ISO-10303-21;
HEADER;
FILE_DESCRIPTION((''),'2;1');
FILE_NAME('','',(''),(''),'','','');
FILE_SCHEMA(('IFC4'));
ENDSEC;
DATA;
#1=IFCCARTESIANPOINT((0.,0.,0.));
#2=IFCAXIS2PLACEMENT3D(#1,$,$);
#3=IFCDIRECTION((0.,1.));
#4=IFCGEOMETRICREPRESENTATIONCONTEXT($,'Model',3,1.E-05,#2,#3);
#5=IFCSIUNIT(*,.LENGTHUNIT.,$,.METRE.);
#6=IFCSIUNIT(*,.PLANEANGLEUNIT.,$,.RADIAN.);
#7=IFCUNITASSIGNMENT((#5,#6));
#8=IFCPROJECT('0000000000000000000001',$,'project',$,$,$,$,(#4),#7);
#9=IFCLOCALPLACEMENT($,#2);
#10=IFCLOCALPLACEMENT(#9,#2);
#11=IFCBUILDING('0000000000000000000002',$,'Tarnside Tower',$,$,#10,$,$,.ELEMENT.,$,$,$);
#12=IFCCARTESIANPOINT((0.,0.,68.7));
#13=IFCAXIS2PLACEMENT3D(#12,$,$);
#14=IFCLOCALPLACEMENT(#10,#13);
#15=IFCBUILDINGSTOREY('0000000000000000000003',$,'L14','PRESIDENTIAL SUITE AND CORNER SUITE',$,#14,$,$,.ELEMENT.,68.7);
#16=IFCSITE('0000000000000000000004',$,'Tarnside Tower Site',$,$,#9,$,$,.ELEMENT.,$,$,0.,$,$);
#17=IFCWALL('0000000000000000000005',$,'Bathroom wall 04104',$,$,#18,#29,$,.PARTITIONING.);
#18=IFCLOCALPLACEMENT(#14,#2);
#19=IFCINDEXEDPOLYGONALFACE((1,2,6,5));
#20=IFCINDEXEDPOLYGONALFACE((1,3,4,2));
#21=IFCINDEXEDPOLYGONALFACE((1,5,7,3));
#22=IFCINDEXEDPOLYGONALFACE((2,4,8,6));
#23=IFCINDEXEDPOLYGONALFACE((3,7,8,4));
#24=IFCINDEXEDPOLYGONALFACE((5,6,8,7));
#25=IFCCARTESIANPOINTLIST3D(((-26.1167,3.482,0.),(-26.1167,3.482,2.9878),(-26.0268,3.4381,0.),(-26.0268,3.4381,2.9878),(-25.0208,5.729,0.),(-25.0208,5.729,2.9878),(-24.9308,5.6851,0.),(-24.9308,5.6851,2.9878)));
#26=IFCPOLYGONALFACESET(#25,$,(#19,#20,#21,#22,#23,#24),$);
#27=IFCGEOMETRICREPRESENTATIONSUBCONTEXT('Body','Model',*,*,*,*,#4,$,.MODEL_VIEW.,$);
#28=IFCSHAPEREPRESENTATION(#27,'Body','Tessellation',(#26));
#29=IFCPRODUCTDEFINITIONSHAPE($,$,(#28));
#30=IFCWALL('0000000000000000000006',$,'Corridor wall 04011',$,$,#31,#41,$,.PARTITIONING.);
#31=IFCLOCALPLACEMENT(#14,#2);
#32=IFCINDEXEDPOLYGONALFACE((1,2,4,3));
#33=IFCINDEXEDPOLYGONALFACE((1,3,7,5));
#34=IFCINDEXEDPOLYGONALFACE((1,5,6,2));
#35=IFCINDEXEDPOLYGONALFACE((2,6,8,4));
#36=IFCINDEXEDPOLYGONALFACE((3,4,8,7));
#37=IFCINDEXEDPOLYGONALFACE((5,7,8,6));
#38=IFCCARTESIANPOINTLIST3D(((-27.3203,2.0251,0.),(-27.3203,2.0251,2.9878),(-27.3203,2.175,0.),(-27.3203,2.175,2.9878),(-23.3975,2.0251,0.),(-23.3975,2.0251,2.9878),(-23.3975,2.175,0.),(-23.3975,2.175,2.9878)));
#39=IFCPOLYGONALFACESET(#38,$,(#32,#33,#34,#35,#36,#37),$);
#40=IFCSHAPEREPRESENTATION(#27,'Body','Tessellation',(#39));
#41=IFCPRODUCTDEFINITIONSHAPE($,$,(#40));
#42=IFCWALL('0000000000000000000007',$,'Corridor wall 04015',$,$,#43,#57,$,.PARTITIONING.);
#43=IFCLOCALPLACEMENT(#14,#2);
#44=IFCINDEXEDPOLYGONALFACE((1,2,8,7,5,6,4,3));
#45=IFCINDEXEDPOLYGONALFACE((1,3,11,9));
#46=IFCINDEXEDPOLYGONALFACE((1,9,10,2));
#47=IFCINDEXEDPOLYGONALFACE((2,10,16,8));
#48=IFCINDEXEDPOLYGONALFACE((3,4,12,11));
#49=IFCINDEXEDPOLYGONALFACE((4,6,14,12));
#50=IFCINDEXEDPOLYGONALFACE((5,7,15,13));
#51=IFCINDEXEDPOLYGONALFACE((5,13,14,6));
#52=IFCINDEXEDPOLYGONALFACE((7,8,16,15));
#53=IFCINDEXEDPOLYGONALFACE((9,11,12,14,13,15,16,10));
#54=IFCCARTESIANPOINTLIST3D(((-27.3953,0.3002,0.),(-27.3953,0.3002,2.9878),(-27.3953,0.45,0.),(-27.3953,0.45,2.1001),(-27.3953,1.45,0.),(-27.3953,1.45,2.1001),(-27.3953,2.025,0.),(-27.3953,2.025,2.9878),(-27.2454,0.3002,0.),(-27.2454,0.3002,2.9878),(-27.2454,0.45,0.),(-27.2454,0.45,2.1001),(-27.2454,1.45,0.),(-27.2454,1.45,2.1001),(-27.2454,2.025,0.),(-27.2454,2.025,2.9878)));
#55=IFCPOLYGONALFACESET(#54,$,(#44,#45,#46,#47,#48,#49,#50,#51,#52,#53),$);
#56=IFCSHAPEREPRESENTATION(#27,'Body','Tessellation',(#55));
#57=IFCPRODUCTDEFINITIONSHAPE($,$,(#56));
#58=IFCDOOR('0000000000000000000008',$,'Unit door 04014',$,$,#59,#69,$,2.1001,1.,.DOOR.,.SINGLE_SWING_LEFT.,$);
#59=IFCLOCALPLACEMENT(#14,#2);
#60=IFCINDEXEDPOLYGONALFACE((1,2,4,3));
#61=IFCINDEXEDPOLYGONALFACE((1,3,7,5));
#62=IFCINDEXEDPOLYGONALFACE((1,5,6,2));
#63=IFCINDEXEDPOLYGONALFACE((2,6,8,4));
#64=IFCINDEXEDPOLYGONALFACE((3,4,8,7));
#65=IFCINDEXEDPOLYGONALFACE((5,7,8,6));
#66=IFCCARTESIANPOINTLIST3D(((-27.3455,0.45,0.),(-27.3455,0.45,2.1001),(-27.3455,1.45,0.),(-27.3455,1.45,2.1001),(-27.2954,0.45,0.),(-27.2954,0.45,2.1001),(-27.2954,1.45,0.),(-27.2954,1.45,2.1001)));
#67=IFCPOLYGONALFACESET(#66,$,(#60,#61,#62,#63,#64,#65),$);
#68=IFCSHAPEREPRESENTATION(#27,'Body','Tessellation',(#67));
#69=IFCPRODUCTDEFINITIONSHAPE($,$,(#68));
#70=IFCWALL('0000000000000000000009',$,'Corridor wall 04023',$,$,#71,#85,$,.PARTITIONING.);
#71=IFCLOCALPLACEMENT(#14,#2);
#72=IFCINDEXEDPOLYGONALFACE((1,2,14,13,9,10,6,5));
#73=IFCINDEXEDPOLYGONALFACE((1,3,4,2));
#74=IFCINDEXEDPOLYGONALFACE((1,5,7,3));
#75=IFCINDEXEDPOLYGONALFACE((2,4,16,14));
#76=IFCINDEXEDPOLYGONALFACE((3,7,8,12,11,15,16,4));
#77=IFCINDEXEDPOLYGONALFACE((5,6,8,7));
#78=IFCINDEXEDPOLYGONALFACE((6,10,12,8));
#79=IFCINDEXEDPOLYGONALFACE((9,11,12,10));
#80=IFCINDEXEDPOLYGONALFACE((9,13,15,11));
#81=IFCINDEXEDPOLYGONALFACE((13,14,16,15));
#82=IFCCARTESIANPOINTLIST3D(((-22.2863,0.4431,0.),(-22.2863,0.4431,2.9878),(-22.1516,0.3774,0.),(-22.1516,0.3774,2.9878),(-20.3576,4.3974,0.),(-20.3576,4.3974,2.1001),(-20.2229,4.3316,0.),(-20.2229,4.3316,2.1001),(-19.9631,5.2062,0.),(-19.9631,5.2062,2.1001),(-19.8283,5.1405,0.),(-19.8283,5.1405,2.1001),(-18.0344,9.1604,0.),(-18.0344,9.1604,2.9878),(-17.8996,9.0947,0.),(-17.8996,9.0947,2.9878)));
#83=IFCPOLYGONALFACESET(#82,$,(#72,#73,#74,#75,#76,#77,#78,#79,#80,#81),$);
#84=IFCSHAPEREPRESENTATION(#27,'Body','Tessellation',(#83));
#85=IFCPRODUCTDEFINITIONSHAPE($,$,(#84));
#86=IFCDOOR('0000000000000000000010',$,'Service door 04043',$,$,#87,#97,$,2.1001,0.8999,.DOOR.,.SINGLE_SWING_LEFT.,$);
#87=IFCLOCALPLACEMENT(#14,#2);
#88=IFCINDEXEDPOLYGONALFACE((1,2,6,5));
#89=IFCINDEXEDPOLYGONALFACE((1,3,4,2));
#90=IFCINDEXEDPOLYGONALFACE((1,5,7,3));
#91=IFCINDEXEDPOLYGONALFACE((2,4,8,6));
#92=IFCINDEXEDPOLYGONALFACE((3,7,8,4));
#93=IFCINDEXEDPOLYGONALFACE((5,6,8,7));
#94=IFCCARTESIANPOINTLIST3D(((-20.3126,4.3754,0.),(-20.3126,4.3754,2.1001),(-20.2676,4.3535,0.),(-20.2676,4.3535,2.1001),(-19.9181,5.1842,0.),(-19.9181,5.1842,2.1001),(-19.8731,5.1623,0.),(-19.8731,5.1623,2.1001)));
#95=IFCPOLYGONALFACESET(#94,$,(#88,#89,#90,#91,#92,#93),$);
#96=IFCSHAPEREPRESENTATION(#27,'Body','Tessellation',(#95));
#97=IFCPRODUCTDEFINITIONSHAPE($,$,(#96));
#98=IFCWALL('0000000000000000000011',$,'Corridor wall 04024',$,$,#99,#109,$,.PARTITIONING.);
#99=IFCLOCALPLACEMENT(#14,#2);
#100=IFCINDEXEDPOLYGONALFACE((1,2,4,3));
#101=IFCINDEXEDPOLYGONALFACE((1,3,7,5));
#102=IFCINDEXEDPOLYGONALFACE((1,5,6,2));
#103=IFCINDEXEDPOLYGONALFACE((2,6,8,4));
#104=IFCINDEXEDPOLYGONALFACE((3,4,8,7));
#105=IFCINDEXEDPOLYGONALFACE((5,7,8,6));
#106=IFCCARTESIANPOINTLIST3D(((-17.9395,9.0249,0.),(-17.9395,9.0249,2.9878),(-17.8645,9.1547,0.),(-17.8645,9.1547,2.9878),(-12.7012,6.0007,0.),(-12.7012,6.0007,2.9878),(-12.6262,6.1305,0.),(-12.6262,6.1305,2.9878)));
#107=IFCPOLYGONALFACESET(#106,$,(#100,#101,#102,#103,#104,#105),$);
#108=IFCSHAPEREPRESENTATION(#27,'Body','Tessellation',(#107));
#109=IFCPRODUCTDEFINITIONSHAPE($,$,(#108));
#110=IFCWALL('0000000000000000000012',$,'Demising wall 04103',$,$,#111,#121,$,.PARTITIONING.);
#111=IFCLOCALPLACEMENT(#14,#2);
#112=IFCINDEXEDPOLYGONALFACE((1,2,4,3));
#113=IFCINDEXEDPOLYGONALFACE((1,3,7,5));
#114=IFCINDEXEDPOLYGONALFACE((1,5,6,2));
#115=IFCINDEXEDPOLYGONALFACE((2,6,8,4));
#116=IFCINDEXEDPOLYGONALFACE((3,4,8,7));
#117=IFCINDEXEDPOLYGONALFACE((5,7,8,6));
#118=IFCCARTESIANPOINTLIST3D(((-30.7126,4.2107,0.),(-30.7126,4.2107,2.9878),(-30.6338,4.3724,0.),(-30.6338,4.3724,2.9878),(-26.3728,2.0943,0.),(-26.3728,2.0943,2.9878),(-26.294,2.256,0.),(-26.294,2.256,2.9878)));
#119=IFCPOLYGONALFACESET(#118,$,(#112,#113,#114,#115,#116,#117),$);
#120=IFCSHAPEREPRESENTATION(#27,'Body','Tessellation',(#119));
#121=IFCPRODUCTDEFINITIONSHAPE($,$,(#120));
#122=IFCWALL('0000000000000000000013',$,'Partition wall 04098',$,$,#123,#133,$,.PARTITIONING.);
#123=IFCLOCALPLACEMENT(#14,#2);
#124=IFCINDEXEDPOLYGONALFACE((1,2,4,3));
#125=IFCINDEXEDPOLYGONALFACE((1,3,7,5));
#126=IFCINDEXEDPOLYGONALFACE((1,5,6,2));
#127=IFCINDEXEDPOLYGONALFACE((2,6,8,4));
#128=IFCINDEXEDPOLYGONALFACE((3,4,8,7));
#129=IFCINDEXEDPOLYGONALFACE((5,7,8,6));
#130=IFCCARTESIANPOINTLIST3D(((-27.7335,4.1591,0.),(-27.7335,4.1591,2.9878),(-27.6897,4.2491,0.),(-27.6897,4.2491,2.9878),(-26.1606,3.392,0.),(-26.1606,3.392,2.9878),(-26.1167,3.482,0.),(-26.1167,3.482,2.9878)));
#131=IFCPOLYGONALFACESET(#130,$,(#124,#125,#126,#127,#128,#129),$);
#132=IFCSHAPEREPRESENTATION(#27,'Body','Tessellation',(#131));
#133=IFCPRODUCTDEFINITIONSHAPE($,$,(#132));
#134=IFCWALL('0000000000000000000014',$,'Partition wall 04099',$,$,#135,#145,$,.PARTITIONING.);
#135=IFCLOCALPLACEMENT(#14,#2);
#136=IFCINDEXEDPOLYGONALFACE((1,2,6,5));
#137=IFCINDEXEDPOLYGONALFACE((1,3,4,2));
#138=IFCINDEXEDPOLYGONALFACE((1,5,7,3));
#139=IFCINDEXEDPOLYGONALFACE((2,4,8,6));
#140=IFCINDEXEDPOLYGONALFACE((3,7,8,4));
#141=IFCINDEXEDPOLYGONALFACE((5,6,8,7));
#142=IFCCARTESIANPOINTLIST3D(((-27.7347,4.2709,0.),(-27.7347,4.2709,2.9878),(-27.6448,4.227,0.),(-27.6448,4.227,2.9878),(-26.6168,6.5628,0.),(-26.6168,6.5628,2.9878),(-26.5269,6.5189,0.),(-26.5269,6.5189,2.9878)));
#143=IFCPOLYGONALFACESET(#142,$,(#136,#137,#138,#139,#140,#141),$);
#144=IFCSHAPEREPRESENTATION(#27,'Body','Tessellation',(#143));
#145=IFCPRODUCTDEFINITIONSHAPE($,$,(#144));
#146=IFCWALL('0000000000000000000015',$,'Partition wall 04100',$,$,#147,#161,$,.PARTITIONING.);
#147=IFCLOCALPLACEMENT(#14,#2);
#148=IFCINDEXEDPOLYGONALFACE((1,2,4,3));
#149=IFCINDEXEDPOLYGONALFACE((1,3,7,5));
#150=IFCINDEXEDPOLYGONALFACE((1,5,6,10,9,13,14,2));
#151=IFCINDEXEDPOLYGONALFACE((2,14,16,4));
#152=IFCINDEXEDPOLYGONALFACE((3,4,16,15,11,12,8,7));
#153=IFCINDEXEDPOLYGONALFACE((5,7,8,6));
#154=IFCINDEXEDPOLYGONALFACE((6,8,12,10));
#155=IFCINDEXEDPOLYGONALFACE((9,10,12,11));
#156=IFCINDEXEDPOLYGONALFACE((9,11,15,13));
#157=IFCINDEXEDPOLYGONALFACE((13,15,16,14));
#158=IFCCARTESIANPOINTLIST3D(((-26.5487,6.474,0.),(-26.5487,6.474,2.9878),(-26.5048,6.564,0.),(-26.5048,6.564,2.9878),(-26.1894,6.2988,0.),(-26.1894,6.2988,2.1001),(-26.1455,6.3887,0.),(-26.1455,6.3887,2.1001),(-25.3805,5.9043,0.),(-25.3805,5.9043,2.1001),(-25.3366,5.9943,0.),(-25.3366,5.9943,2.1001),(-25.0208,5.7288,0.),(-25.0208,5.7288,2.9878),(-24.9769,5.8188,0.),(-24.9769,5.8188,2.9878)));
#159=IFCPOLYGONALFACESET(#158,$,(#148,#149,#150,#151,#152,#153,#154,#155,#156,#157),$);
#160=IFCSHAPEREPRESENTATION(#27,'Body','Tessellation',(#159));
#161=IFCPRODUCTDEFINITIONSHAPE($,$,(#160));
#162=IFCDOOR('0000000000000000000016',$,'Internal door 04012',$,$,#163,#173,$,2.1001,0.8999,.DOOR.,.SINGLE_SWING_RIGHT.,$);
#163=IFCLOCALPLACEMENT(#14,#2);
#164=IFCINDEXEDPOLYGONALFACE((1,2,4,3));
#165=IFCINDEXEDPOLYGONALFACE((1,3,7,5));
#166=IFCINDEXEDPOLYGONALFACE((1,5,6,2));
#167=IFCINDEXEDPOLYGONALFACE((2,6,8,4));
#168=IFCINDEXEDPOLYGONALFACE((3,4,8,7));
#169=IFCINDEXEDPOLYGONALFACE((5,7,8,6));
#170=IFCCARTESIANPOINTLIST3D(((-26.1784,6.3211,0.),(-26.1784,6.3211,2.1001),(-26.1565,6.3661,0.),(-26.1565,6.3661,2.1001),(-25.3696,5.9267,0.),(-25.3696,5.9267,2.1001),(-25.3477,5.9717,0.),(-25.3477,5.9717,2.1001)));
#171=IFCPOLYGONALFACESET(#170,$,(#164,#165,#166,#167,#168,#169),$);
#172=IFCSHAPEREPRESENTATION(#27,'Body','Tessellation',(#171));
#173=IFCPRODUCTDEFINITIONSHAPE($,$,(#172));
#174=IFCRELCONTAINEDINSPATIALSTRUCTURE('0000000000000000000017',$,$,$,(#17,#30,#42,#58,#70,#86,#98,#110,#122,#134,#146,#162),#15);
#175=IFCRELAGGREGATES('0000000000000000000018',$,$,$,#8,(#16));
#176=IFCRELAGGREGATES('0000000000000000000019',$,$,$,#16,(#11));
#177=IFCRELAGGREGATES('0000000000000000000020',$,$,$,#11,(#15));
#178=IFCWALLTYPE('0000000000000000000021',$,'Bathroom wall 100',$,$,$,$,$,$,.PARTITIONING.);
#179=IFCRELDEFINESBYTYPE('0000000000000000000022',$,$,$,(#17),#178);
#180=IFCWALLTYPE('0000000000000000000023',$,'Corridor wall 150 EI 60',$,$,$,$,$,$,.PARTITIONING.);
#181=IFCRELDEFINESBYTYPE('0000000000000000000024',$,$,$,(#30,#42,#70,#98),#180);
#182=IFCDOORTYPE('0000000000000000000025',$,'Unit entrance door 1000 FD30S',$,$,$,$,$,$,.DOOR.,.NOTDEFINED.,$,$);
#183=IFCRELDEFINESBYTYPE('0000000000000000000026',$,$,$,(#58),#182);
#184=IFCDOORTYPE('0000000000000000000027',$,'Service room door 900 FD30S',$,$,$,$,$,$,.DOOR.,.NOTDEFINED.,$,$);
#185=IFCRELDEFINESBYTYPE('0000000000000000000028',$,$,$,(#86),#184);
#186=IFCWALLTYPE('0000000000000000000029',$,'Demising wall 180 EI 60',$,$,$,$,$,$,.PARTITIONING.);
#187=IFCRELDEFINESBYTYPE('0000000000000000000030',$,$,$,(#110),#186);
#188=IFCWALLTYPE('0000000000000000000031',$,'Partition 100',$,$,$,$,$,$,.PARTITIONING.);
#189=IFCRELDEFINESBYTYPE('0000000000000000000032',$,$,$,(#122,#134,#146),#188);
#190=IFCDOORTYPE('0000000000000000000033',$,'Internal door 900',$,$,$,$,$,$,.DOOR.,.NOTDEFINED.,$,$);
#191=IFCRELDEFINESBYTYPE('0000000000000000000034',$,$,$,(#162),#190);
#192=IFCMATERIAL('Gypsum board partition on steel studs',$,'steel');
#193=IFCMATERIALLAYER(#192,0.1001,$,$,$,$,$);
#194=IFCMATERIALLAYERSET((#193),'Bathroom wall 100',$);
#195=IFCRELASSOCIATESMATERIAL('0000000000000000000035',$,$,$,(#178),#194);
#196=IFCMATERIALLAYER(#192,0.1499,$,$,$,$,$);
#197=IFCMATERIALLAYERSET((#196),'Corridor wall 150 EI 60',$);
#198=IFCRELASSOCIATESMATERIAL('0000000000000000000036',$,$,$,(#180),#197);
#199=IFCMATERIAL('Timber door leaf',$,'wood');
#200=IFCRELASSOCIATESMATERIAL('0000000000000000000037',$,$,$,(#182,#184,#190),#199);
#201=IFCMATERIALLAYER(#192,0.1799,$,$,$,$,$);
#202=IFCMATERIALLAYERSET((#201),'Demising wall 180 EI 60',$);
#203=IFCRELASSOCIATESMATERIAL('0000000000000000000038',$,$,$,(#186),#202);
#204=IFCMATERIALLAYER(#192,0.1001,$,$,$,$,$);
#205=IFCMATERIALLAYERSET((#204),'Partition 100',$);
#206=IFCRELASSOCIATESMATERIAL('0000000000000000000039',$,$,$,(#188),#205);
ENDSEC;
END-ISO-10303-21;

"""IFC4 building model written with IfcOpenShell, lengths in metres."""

from ifc_helpers import new_model, si_unit, direction, frame, frame_2d, origin, place, context, subcontext, project, spatial, rectangle, extrude, material, layer, layer_set, type_object, element, fill, save


model = new_model("IFC4")

# Units and contexts
model_context = context("Model", 3, precision=1e-05, world=origin(), true_north=direction((0.0, 1.0)))
body_context = subcontext(model_context, "Body", "Model", "MODEL_VIEW")
ifc_project = project(units=[si_unit("LENGTHUNIT", "METRE"), si_unit("PLANEANGLEUNIT", "RADIAN")], contexts=[model_context])

# Site, building, storey
site_placement = place(None, origin())
site = spatial("IfcSite", under=ifc_project, at=site_placement, Name="Tarnside Tower Site", CompositionType="ELEMENT", RefElevation=0.0)
building_placement = place(site_placement, origin())
building = spatial("IfcBuilding", under=site, at=building_placement, Name="Tarnside Tower", CompositionType="ELEMENT")
storey_placement = place(building_placement, frame((0.0, 0.0, 68.7)))
storey = spatial("IfcBuildingStorey", under=building, at=storey_placement, Name="L14", Description="PRESIDENTIAL SUITE AND CORNER SUITE", CompositionType="ELEMENT", Elevation=68.7)

# Shared definitions
ifc_material_1 = material(Name="Gypsum board partition on steel studs", Category="steel")
ifc_layer_1 = layer(ifc_material_1, 0.1001)
ifc_layer_set_1 = layer_set([ifc_layer_1], Name="Bathroom wall 100")
wall_type_1 = type_object("IfcWallType", Name="Bathroom wall 100", PredefinedType="PARTITIONING", material=ifc_layer_set_1)

# Shared definitions
ifc_material_2 = material(Name="Timber door leaf", Category="wood")

# Walls
wall_1_placement = place(storey_placement, frame((-24.9758, 5.707, 0.0), z_axis=(0.0, 0.0, 1.0), x_axis=(-0.438364, -0.898798, 0.0)))
element("IfcWall", 1, at=wall_1_placement, inside=storey, type_object=wall_type_1, Name="Bathroom wall 04104", PredefinedType="PARTITIONING", context=body_context, shape_type="SweptSolid", body=[
    extrude(rectangle(XDim=2.5, YDim=0.1001, at=frame_2d((1.25, 0.0))), origin(), (0.0, 0.0, 1.0), 2.9878),
])
ifc_layer_2 = layer(ifc_material_1, 0.1499)
ifc_layer_set_2 = layer_set([ifc_layer_2], Name="Corridor wall 150 EI 60")
wall_type_2 = type_object("IfcWallType", Name="Corridor wall 150 EI 60", PredefinedType="PARTITIONING", material=ifc_layer_set_2)
wall_2_placement = place(storey_placement, frame((-23.3975, 2.1001, 0.0), z_axis=(0.0, 0.0, 1.0), x_axis=(-1.0, 0.0, 0.0)))
element("IfcWall", 2, at=wall_2_placement, inside=storey, type_object=wall_type_2, Name="Corridor wall 04011", PredefinedType="PARTITIONING", context=body_context, shape_type="SweptSolid", body=[
    extrude(rectangle(XDim=3.9229, YDim=0.1499, at=frame_2d((1.9614, 0.0))), origin(), (0.0, 0.0, 1.0), 2.9878),
])

# Walls, openings, doors
wall_3_placement = place(storey_placement, frame((-27.3203, 2.0249, 0.0), z_axis=(0.0, 0.0, 1.0), x_axis=(0.0, -1.0, 0.0)))
wall_3 = element("IfcWall", 3, at=wall_3_placement, inside=storey, type_object=wall_type_2, Name="Corridor wall 04015", PredefinedType="PARTITIONING", context=body_context, shape_type="SweptSolid", body=[
    extrude(rectangle(XDim=1.7249, YDim=0.1499, at=frame_2d((0.8623, 0.0))), origin(), (0.0, 0.0, 1.0), 2.9878),
])
opening_1_placement = place(wall_3_placement, frame((0.575, 0.0, 0.0)))
opening_1 = element("IfcOpeningElement", 4, at=opening_1_placement, cuts=wall_3, PredefinedType="OPENING", context=body_context, shape_type="SweptSolid", body=[
    extrude(rectangle(XDim=1.0, YDim=2.1001, at=frame_2d((0.5, 1.05))), frame((0.0, 0.085, 0.0), z_axis=(0.0, -1.0, 0.0), x_axis=(1.0, 0.0, 0.0)), (0.0, 0.0, 1.0), 0.1699),
])
door_type_1 = type_object("IfcDoorType", Name="Unit entrance door 1000 FD30S", OperationType="NOTDEFINED", PredefinedType="DOOR", material=ifc_material_2)
door_1_placement = place(opening_1_placement, origin())
door_1 = element("IfcDoor", 5, at=door_1_placement, inside=storey, type_object=door_type_1, Name="Unit door 04014", OperationType="SINGLE_SWING_LEFT", OverallHeight=2.1001, OverallWidth=1.0, PredefinedType="DOOR", context=body_context, shape_type="SweptSolid", body=[
    extrude(rectangle(XDim=1.0, YDim=2.1001, at=frame_2d((0.5, 1.05))), frame((0.0, 0.0249, 0.0), z_axis=(0.0, -1.0, 0.0), x_axis=(1.0, 0.0, 0.0)), (0.0, 0.0, 1.0), 0.05),
])
fill(opening_1, door_1)
wall_4_placement = place(storey_placement, frame((-22.219, 0.4102, 0.0), z_axis=(0.0, 0.0, 1.0), x_axis=(0.438392, 0.898784, 0.0)))
wall_4 = element("IfcWall", 6, at=wall_4_placement, inside=storey, type_object=wall_type_2, Name="Corridor wall 04023", PredefinedType="PARTITIONING", context=body_context, shape_type="SweptSolid", body=[
    extrude(rectangle(XDim=9.699, YDim=0.1499, at=frame_2d((4.8496, 0.0))), origin(), (0.0, 0.0, 1.0), 2.9878),
])
opening_2_placement = place(wall_4_placement, frame((4.3997, 0.0, 0.0)))
opening_2 = element("IfcOpeningElement", 7, at=opening_2_placement, cuts=wall_4, PredefinedType="OPENING", context=body_context, shape_type="SweptSolid", body=[
    extrude(rectangle(XDim=0.8999, YDim=2.1001, at=frame_2d((0.45, 1.05))), frame((0.0, 0.085, 0.0), z_axis=(0.0, -1.0, 0.0), x_axis=(1.0, 0.0, 0.0)), (0.0, 0.0, 1.0), 0.1699),
])
door_type_2 = type_object("IfcDoorType", Name="Service room door 900 FD30S", OperationType="NOTDEFINED", PredefinedType="DOOR", material=ifc_material_2)
door_2_placement = place(opening_2_placement, origin())
door_2 = element("IfcDoor", 8, at=door_2_placement, inside=storey, type_object=door_type_2, Name="Service door 04043", OperationType="SINGLE_SWING_LEFT", OverallHeight=2.1001, OverallWidth=0.8999, PredefinedType="DOOR", context=body_context, shape_type="SweptSolid", body=[
    extrude(rectangle(XDim=0.8999, YDim=2.1001, at=frame_2d((0.45, 1.05))), frame((0.0, 0.0249, 0.0), z_axis=(0.0, -1.0, 0.0), x_axis=(1.0, 0.0, 0.0)), (0.0, 0.0, 1.0), 0.05),
])
fill(opening_2, door_2)

# Walls
wall_5_placement = place(storey_placement, frame((-17.9021, 9.0898, 0.0), z_axis=(0.0, 0.0, 1.0), x_axis=(0.866036, -0.499981, 0.0)))
element("IfcWall", 9, at=wall_5_placement, inside=storey, type_object=wall_type_2, Name="Corridor wall 04024", PredefinedType="PARTITIONING", context=body_context, shape_type="SweptSolid", body=[
    extrude(rectangle(XDim=6.0486, YDim=0.1499, at=frame_2d((3.0244, 0.0))), origin(), (0.0, 0.0, 1.0), 2.9878),
])
ifc_layer_3 = layer(ifc_material_1, 0.1799)
ifc_layer_set_3 = layer_set([ifc_layer_3], Name="Demising wall 180 EI 60")
wall_type_3 = type_object("IfcWallType", Name="Demising wall 180 EI 60", PredefinedType="PARTITIONING", material=ifc_layer_set_3)
wall_6_placement = place(storey_placement, frame((-30.6731, 4.2915, 0.0), z_axis=(0.0, 0.0, 1.0), x_axis=(0.898813, -0.438333, 0.0)))
element("IfcWall", 10, at=wall_6_placement, inside=storey, type_object=wall_type_3, Name="Demising wall 04103", PredefinedType="PARTITIONING", context=body_context, shape_type="SweptSolid", body=[
    extrude(rectangle(XDim=4.8284, YDim=0.1799, at=frame_2d((2.4141, 0.0))), origin(), (0.0, 0.0, 1.0), 2.9878),
])
ifc_layer_4 = layer(ifc_material_1, 0.1001)
ifc_layer_set_4 = layer_set([ifc_layer_4], Name="Partition 100")
wall_type_4 = type_object("IfcWallType", Name="Partition 100", PredefinedType="PARTITIONING", material=ifc_layer_set_4)
wall_7_placement = place(storey_placement, frame((-26.1387, 3.437, 0.0), z_axis=(0.0, 0.0, 1.0), x_axis=(-0.898819, 0.438319, 0.0)))
element("IfcWall", 11, at=wall_7_placement, inside=storey, type_object=wall_type_4, Name="Partition wall 04098", PredefinedType="PARTITIONING", context=body_context, shape_type="SweptSolid", body=[
    extrude(rectangle(XDim=1.75, YDim=0.1001, at=frame_2d((0.875, 0.0))), origin(), (0.0, 0.0, 1.0), 2.9878),
])
wall_8_placement = place(storey_placement, frame((-27.6897, 4.249, 0.0), z_axis=(0.0, 0.0, 1.0), x_axis=(0.438384, 0.898788, 0.0)))
element("IfcWall", 12, at=wall_8_placement, inside=storey, type_object=wall_type_4, Name="Partition wall 04099", PredefinedType="PARTITIONING", context=body_context, shape_type="SweptSolid", body=[
    extrude(rectangle(XDim=2.55, YDim=0.1001, at=frame_2d((1.2749, 0.0))), origin(), (0.0, 0.0, 1.0), 2.9878),
])

# Wall, opening, door
wall_9_placement = place(storey_placement, frame((-26.5269, 6.519, 0.0), z_axis=(0.0, 0.0, 1.0), x_axis=(0.898807, -0.438344, 0.0)))
wall_9 = element("IfcWall", 13, at=wall_9_placement, inside=storey, type_object=wall_type_4, Name="Partition wall 04100", PredefinedType="PARTITIONING", context=body_context, shape_type="SweptSolid", body=[
    extrude(rectangle(XDim=1.7, YDim=0.1001, at=frame_2d((0.8501, 0.0))), origin(), (0.0, 0.0, 1.0), 2.9878),
])
opening_3_placement = place(wall_9_placement, frame((0.3999, 0.0, 0.0)))
opening_3 = element("IfcOpeningElement", 14, at=opening_3_placement, cuts=wall_9, PredefinedType="OPENING", context=body_context, shape_type="SweptSolid", body=[
    extrude(rectangle(XDim=0.8999, YDim=2.1001, at=frame_2d((0.45, 1.05))), frame((0.0, 0.0601, 0.0), z_axis=(0.0, -1.0, 0.0), x_axis=(1.0, 0.0, 0.0)), (0.0, 0.0, 1.0), 0.1201),
])
door_type_3 = type_object("IfcDoorType", Name="Internal door 900", OperationType="NOTDEFINED", PredefinedType="DOOR", material=ifc_material_2)
door_3_placement = place(opening_3_placement, origin())
door_3 = element("IfcDoor", 15, at=door_3_placement, inside=storey, type_object=door_type_3, Name="Internal door 04012", OperationType="SINGLE_SWING_RIGHT", OverallHeight=2.1001, OverallWidth=0.8999, PredefinedType="DOOR", context=body_context, shape_type="SweptSolid", body=[
    extrude(rectangle(XDim=0.8999, YDim=2.1001, at=frame_2d((0.45, 1.05))), frame((0.0, 0.0249, 0.0), z_axis=(0.0, -1.0, 0.0), x_axis=(1.0, 0.0, 0.0)), (0.0, 0.0, 1.0), 0.05),
])
fill(opening_3, door_3)

save(model, "model.ifc")
